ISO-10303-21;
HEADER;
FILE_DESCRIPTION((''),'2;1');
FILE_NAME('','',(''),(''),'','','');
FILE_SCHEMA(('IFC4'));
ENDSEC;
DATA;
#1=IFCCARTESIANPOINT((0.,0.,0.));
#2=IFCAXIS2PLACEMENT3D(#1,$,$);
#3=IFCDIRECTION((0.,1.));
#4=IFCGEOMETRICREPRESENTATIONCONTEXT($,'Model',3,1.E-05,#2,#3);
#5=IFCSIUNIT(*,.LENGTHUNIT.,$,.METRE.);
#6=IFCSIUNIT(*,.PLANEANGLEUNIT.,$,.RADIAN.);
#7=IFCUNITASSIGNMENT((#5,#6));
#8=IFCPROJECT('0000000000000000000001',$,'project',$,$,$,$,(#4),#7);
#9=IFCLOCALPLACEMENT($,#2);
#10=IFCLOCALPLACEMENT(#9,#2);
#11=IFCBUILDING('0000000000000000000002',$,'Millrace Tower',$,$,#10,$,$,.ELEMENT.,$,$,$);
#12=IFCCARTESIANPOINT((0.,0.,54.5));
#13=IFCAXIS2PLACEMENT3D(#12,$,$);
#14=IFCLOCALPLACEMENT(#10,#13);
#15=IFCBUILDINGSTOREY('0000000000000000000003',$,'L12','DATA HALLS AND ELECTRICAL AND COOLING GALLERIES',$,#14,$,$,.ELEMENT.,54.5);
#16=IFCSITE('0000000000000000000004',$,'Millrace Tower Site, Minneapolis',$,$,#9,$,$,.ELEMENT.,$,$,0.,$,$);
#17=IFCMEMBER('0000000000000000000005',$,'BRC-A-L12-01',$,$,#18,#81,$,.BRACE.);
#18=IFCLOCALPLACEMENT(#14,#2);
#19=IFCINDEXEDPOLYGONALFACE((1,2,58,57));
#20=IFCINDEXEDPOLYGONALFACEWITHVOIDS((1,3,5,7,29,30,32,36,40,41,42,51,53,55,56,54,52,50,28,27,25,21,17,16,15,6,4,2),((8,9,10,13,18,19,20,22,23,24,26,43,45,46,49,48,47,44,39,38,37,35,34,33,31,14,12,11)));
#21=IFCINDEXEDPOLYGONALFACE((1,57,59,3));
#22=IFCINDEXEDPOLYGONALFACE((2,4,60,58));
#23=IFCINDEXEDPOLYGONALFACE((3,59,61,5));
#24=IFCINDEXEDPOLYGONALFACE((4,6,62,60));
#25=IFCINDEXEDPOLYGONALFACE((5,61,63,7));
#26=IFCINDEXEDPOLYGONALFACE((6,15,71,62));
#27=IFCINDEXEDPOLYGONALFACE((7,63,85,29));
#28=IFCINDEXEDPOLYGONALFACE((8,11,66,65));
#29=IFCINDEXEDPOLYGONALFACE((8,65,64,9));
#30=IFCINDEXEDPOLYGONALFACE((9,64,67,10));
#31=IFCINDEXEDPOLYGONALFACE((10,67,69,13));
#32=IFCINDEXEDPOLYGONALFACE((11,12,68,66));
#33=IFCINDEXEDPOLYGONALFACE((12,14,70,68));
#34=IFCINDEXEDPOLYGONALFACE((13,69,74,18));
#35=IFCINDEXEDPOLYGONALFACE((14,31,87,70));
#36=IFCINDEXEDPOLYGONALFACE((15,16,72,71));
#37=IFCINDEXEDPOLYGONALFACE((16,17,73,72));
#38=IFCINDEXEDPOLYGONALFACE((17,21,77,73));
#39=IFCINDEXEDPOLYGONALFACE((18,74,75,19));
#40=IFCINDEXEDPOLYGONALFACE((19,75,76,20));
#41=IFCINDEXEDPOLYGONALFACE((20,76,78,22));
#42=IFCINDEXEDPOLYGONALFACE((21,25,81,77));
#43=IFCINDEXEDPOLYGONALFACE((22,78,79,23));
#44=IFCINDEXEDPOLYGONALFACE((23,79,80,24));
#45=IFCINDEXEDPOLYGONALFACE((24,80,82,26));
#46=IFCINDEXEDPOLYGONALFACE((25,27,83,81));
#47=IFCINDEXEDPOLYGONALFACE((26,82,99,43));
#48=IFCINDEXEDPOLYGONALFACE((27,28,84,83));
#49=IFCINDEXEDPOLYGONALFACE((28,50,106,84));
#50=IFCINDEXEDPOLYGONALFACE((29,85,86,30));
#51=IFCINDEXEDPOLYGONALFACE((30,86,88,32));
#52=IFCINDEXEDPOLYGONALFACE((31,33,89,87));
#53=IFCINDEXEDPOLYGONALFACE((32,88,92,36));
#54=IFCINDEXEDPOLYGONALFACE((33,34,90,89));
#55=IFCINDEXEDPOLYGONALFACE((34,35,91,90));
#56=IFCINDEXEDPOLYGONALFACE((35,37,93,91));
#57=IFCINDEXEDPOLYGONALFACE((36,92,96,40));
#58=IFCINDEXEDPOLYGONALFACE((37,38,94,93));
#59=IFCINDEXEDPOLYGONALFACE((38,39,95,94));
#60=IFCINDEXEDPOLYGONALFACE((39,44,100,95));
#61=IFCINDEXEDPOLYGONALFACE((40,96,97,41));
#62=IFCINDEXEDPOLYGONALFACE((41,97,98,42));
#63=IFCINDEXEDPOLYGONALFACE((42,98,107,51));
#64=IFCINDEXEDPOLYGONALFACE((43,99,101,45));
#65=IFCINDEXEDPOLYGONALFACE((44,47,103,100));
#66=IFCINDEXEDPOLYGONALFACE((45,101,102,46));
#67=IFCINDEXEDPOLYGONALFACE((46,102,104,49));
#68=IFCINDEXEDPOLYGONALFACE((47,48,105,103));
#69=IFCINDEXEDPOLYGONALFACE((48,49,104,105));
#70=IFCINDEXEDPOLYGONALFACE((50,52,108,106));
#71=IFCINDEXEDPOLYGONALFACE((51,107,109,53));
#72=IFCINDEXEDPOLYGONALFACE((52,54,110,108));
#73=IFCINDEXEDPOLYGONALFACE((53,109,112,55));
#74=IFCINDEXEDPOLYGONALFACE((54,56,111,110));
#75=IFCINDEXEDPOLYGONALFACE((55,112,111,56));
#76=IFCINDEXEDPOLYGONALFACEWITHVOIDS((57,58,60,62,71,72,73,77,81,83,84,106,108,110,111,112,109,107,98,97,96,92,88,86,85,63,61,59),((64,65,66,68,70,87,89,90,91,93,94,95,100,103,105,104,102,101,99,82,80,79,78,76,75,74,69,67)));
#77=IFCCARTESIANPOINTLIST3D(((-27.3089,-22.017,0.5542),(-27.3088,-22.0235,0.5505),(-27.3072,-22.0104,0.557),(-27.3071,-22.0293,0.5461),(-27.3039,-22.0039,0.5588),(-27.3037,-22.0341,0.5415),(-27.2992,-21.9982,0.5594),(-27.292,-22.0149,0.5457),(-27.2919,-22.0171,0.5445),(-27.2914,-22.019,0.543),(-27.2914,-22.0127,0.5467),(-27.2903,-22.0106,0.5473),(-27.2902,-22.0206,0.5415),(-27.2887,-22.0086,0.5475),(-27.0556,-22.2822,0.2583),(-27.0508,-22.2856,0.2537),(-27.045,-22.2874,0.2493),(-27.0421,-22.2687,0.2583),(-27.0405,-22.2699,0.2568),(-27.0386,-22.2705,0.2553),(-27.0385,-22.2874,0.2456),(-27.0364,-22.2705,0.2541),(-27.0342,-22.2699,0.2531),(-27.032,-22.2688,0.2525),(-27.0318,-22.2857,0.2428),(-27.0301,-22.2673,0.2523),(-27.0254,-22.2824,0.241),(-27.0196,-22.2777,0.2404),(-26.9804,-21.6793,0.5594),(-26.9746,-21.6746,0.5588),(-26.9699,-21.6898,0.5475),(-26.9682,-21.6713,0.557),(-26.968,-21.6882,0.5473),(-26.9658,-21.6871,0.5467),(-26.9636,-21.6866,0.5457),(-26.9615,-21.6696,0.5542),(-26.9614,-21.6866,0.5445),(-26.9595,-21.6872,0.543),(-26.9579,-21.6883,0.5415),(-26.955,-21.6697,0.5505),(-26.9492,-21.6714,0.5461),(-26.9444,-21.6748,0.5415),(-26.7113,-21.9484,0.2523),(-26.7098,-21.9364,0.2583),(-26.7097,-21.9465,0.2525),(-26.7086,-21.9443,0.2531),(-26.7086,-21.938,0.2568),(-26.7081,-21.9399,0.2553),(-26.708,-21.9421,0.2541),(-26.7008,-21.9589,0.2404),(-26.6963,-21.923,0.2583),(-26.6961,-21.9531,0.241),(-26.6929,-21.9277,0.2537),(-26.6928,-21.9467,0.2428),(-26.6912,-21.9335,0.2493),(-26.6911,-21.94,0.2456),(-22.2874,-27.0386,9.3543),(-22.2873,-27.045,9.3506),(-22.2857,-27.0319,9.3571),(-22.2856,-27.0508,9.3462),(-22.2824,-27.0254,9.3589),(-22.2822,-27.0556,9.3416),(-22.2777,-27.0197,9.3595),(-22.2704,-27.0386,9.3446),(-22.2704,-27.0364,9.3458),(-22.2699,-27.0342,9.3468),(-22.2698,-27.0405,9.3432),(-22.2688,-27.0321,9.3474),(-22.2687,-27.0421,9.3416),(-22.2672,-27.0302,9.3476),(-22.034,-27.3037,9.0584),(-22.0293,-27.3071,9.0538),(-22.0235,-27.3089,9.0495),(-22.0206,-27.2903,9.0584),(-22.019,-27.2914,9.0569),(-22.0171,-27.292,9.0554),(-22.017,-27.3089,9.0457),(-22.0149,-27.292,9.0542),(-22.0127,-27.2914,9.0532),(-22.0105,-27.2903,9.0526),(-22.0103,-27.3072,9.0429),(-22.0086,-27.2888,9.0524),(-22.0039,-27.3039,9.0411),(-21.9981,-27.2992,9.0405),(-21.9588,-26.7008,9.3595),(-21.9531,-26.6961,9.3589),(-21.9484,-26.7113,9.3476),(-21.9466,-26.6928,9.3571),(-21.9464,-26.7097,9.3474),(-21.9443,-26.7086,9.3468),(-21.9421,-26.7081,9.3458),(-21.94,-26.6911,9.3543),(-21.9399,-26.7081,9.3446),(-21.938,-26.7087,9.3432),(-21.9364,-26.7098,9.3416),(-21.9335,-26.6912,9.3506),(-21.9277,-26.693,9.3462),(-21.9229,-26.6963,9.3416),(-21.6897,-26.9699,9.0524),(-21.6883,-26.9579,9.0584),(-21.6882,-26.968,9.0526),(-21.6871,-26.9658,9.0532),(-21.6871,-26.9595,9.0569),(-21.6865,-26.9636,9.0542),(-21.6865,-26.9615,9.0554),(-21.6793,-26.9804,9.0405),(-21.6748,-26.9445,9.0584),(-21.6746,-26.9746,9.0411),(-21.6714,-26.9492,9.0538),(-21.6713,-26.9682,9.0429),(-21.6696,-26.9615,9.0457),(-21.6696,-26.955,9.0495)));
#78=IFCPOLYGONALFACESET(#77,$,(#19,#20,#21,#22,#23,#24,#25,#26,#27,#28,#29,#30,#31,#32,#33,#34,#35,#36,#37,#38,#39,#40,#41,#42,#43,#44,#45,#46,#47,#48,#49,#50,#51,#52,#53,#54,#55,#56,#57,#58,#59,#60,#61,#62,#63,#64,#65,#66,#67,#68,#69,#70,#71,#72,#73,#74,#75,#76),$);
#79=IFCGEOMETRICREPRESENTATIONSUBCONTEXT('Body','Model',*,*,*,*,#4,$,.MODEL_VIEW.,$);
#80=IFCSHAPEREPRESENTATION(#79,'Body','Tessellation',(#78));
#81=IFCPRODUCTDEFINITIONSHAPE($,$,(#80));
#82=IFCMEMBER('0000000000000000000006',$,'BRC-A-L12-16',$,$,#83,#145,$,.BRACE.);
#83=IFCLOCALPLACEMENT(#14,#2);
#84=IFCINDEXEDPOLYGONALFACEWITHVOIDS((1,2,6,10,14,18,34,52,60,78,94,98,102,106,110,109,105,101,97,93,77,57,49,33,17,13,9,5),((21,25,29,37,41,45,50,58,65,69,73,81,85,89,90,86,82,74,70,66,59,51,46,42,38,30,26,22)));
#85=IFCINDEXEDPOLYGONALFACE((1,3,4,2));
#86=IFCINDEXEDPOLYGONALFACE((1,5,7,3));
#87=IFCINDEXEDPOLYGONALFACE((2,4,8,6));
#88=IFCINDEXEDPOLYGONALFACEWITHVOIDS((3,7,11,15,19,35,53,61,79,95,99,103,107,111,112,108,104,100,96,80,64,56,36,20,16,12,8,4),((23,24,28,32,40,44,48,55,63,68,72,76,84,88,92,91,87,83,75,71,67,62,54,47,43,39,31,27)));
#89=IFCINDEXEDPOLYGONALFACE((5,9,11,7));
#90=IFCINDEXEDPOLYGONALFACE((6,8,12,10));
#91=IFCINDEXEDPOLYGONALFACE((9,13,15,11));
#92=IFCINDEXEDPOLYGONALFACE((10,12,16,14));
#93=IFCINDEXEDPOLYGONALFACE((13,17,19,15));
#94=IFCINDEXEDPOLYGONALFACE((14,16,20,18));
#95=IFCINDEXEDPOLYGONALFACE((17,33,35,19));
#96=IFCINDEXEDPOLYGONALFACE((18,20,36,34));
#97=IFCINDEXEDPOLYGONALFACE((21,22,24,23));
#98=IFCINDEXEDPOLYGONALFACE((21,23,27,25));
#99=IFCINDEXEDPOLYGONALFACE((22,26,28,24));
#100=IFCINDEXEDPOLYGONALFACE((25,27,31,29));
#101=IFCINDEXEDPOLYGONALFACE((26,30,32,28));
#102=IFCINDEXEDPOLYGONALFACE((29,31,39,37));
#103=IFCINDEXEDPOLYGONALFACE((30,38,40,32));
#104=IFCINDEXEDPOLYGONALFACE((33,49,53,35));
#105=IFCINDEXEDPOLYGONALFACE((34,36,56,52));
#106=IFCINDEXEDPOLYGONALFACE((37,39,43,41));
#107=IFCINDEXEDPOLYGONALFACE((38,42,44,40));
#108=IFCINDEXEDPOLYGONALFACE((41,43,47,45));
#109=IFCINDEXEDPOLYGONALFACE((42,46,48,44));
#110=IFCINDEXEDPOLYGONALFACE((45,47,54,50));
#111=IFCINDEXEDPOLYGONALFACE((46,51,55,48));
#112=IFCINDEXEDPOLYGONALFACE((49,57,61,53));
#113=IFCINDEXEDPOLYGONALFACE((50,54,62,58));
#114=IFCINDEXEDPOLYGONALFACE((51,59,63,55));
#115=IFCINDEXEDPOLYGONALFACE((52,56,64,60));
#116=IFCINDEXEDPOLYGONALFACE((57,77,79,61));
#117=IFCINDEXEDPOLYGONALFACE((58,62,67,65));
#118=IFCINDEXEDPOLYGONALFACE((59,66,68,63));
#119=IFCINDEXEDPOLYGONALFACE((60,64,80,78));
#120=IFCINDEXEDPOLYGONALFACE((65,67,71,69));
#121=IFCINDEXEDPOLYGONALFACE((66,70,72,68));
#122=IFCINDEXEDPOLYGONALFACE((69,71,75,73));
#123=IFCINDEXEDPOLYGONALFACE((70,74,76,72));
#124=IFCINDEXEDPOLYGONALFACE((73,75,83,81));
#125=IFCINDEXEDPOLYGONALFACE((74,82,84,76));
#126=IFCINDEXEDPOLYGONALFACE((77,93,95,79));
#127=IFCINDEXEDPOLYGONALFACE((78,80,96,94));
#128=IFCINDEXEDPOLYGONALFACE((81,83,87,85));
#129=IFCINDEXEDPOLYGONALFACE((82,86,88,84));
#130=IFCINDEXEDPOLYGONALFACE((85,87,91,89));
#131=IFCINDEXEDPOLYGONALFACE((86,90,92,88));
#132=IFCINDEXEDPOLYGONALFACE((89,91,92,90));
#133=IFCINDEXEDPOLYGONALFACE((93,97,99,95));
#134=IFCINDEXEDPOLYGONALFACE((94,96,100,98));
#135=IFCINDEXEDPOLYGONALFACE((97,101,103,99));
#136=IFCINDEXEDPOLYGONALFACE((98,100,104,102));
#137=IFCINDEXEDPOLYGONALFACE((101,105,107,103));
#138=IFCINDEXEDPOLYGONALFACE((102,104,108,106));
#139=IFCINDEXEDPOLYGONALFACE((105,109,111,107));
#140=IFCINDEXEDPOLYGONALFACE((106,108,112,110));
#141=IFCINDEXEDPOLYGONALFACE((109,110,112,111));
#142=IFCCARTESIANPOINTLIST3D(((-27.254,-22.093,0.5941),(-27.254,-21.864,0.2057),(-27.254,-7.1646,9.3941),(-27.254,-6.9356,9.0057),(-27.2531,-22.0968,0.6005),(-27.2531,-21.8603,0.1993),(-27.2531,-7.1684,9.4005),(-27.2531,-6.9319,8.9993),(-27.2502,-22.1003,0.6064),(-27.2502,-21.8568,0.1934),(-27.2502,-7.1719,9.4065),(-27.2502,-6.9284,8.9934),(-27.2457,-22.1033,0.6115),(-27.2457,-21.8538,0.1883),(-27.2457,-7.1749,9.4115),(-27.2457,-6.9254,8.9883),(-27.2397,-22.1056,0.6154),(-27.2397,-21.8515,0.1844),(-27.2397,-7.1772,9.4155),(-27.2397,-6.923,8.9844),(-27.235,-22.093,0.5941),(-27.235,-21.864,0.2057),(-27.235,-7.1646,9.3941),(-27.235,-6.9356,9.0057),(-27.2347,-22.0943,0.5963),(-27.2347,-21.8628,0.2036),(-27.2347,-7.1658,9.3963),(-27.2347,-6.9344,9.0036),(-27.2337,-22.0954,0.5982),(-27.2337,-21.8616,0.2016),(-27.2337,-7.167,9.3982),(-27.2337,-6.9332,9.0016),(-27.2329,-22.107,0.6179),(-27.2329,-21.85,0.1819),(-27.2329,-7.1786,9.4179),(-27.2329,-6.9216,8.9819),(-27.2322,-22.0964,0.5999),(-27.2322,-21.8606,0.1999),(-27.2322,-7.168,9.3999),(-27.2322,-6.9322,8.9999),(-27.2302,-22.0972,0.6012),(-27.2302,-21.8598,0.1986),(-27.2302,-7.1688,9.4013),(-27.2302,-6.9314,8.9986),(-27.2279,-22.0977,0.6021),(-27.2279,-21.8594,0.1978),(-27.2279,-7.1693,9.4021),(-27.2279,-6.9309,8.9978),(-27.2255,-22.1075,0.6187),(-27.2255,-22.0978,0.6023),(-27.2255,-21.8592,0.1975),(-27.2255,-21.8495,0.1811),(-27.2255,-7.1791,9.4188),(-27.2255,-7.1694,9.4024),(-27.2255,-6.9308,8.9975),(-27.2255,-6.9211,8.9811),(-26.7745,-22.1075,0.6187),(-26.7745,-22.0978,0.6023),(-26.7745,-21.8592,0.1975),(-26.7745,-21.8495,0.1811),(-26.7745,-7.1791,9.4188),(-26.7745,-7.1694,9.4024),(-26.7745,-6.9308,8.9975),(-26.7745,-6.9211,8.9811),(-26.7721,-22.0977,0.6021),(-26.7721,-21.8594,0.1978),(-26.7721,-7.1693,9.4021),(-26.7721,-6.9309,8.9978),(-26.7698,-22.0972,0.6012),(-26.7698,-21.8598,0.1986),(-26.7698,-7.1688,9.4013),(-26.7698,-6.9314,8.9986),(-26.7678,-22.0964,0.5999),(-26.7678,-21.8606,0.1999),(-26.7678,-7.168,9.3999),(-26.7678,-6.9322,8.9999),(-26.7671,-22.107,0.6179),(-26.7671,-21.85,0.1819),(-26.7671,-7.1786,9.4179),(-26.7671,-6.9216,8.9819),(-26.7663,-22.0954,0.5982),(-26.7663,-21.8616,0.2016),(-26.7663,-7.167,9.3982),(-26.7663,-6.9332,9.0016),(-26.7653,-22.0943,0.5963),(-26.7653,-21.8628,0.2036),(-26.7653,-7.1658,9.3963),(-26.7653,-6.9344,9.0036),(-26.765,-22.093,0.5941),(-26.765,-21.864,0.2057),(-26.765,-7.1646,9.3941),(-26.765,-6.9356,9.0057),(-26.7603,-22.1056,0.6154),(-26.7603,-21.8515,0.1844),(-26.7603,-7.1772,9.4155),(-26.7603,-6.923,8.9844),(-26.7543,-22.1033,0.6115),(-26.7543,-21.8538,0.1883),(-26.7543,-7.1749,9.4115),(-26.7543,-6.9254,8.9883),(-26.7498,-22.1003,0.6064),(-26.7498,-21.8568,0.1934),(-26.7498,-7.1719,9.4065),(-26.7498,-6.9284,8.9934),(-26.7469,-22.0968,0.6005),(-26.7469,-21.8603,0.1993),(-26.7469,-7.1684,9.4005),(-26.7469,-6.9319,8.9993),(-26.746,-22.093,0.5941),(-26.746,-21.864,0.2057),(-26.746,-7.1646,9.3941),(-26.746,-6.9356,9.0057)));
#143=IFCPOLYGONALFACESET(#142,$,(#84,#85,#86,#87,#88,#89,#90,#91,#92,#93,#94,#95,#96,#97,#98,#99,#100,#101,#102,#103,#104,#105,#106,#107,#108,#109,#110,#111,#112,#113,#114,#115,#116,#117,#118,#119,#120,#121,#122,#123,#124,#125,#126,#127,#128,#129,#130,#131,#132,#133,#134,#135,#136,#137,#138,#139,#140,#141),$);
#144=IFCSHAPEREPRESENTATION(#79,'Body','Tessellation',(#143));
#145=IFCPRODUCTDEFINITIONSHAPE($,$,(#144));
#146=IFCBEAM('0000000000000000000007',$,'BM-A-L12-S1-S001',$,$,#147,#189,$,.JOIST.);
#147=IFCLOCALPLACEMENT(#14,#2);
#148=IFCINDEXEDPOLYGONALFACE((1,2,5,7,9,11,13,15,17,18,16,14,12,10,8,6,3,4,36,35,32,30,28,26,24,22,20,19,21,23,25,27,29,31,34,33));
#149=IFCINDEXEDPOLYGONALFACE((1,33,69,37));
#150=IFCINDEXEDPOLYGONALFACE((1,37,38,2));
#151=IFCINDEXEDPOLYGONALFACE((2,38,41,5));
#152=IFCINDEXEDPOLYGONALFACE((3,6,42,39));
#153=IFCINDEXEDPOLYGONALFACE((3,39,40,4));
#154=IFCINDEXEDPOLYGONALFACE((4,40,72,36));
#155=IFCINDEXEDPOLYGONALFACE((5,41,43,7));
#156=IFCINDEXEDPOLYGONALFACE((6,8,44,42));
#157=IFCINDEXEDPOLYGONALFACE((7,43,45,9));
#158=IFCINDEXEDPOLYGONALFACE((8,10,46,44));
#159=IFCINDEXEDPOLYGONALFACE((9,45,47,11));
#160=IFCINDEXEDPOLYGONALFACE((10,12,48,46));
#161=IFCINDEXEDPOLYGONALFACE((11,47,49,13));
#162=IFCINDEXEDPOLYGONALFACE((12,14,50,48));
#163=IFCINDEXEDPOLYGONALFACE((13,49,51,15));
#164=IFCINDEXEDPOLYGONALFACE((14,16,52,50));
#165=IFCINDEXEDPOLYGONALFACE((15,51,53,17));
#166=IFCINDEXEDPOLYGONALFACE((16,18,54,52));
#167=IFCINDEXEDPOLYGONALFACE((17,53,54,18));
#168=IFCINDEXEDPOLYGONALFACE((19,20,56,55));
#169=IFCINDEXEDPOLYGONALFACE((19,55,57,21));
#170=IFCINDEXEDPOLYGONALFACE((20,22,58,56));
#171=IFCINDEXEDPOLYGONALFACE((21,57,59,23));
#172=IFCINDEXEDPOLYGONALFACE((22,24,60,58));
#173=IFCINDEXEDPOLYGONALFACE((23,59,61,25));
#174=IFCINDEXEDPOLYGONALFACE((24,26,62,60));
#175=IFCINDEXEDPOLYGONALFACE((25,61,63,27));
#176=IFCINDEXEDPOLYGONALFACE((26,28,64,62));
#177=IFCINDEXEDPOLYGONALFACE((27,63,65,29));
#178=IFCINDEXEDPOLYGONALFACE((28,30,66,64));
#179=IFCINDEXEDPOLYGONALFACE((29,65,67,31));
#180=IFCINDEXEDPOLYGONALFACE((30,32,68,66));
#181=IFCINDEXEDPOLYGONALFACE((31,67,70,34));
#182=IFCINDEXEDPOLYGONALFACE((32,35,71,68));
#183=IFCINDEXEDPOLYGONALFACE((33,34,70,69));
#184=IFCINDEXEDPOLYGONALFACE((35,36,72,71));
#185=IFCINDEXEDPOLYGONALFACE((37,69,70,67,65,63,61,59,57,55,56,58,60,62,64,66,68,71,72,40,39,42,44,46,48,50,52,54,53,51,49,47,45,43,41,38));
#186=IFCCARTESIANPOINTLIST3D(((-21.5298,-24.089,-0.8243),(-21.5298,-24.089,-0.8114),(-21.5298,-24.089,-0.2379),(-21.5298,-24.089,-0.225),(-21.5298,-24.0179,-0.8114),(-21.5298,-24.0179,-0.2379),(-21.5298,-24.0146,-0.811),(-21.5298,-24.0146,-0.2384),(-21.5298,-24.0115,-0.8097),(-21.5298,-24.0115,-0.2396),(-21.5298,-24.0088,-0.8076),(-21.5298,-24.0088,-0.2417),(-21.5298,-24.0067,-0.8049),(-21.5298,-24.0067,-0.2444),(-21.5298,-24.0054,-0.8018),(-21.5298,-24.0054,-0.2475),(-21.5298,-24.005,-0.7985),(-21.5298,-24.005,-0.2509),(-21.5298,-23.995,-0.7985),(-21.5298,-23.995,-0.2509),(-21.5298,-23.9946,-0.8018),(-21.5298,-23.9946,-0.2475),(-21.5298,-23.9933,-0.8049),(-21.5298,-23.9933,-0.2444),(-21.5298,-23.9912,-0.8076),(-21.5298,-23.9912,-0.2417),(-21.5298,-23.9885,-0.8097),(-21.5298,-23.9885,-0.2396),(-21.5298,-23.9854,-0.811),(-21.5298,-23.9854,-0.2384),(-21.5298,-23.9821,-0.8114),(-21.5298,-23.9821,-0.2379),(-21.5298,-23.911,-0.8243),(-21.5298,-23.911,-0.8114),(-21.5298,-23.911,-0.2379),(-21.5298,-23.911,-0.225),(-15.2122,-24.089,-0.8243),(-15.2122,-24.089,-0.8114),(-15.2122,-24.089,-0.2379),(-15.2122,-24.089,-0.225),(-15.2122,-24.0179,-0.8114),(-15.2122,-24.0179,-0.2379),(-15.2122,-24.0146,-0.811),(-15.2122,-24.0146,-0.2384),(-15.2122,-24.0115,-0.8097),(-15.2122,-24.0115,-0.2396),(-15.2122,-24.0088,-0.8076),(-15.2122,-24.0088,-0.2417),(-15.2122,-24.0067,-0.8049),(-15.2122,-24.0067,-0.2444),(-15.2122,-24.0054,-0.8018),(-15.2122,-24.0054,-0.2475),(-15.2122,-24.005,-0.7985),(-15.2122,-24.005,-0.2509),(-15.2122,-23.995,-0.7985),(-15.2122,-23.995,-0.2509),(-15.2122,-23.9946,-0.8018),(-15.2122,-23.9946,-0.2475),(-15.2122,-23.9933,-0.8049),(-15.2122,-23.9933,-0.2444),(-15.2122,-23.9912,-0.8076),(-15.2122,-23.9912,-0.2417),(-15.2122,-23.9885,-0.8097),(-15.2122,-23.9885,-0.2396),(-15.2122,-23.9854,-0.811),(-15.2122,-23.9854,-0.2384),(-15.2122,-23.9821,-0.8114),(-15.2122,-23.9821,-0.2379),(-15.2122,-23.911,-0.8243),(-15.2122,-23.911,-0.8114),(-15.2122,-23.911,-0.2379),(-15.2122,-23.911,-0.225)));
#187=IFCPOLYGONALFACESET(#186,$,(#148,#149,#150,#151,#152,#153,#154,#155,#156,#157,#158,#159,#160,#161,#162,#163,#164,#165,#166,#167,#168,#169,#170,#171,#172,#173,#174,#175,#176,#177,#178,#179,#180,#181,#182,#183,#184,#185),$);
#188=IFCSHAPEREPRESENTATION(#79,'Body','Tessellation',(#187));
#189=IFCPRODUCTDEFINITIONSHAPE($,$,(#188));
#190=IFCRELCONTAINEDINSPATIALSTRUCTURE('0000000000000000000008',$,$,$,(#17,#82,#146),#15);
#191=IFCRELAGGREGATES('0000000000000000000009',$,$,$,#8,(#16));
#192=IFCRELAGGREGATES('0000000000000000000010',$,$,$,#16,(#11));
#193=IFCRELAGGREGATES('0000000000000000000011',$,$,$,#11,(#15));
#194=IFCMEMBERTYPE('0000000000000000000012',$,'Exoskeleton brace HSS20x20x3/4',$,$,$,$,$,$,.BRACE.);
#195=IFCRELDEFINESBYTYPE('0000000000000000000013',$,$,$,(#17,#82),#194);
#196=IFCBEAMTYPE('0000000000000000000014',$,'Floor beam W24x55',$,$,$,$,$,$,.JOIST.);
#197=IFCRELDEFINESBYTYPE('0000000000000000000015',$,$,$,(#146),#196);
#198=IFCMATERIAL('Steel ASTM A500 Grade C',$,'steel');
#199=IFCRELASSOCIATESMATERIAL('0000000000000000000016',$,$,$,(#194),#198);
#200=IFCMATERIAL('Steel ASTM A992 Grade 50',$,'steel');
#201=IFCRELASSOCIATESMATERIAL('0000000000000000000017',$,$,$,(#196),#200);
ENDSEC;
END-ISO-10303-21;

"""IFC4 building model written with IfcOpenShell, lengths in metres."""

from ifc_helpers import new_model, si_unit, direction, frame, origin, origin_2d, place, context, subcontext, project, spatial, hollow_rectangle, i_section, extrude, material, material_profile, profile_set, type_object, element, save


model = new_model("IFC4")

# Units and contexts
model_context = context("Model", 3, precision=1e-05, world=origin(), true_north=direction((0.0, 1.0)))
body_context = subcontext(model_context, "Body", "Model", "MODEL_VIEW")
ifc_project = project(units=[si_unit("LENGTHUNIT", "METRE"), si_unit("PLANEANGLEUNIT", "RADIAN")], contexts=[model_context])

# Site, building, storey
site_placement = place(None, origin())
site = spatial("IfcSite", under=ifc_project, at=site_placement, Name="Millrace Tower Site, Minneapolis", CompositionType="ELEMENT", RefElevation=0.0)
building_placement = place(site_placement, origin())
building = spatial("IfcBuilding", under=site, at=building_placement, Name="Millrace Tower", CompositionType="ELEMENT")
storey_placement = place(building_placement, frame((0.0, 0.0, 54.5)))
storey = spatial("IfcBuildingStorey", under=building, at=storey_placement, Name="L12", Description="DATA HALLS AND ELECTRICAL AND COOLING GALLERIES", CompositionType="ELEMENT", Elevation=54.5)

# Members
ifc_material_1 = material(Name="Steel ASTM A500 Grade C", Category="steel")
ifc_material_profile_1 = material_profile(ifc_material_1, hollow_rectangle(XDim=0.5081, YDim=0.5081, WallThickness=0.019, InnerFilletRadius=0.0095, OuterFilletRadius=0.0286, at=origin_2d()))
ifc_profile_set_1 = profile_set([ifc_material_profile_1], Name="Steel ASTM A500 Grade C")
member_type_1 = type_object("IfcMemberType", Name="Exoskeleton brace HSS20x20x3/4", PredefinedType="BRACE", material=ifc_profile_set_1)
member_1_placement = place(storey_placement, frame((-27.0, -21.9785, 0.3999), z_axis=(0.444064, -0.444064, 0.778213), x_axis=(0.707107, 0.707107, 0.0)))
element("IfcMember", 1, at=member_1_placement, inside=storey, type_object=member_type_1, Name="BRC-A-L12-01", PredefinedType="BRACE", context=body_context, shape_type="SweptSolid", body=[
    extrude(hollow_rectangle(XDim=0.5081, YDim=0.5081, WallThickness=0.019, InnerFilletRadius=0.0095, OuterFilletRadius=0.0286, at=origin_2d()), origin(), (0.0, 0.0, 1.0), 11.3081),
])
member_2_placement = place(storey_placement, frame((-27.0, -21.9785, 0.3999), z_axis=(0.0, 0.861465, 0.507817), x_axis=(-1.0, 0.0, 0.0)))
element("IfcMember", 2, at=member_2_placement, inside=storey, type_object=member_type_1, Name="BRC-A-L12-16", PredefinedType="BRACE", context=body_context, shape_type="SweptSolid", body=[
    extrude(hollow_rectangle(XDim=0.5081, YDim=0.5081, WallThickness=0.019, InnerFilletRadius=0.0095, OuterFilletRadius=0.0286, at=origin_2d()), origin(), (0.0, 0.0, 1.0), 17.3291),
])

# Beam
ifc_material_2 = material(Name="Steel ASTM A992 Grade 50", Category="steel")
ifc_material_profile_2 = material_profile(ifc_material_2, i_section(OverallWidth=0.178, OverallDepth=0.5994, WebThickness=0.01, FlangeThickness=0.0129, FilletRadius=0.0129, at=origin_2d()))
ifc_profile_set_2 = profile_set([ifc_material_profile_2], Name="Steel ASTM A992 Grade 50")
beam_type_1 = type_object("IfcBeamType", Name="Floor beam W24x55", PredefinedType="JOIST", material=ifc_profile_set_2)
beam_1_placement = place(storey_placement, frame((-21.5298, -24.0, -0.5247), z_axis=(1.0, 0.0, 0.0), x_axis=(0.0, 1.0, 0.0)))
element("IfcBeam", 3, at=beam_1_placement, inside=storey, type_object=beam_type_1, Name="BM-A-L12-S1-S001", PredefinedType="JOIST", context=body_context, shape_type="SweptSolid", body=[
    extrude(i_section(OverallWidth=0.178, OverallDepth=0.5994, WebThickness=0.01, FlangeThickness=0.0129, FilletRadius=0.0129, at=origin_2d()), origin(), (0.0, 0.0, 1.0), 6.3176),
])

save(model, "model.ifc")
